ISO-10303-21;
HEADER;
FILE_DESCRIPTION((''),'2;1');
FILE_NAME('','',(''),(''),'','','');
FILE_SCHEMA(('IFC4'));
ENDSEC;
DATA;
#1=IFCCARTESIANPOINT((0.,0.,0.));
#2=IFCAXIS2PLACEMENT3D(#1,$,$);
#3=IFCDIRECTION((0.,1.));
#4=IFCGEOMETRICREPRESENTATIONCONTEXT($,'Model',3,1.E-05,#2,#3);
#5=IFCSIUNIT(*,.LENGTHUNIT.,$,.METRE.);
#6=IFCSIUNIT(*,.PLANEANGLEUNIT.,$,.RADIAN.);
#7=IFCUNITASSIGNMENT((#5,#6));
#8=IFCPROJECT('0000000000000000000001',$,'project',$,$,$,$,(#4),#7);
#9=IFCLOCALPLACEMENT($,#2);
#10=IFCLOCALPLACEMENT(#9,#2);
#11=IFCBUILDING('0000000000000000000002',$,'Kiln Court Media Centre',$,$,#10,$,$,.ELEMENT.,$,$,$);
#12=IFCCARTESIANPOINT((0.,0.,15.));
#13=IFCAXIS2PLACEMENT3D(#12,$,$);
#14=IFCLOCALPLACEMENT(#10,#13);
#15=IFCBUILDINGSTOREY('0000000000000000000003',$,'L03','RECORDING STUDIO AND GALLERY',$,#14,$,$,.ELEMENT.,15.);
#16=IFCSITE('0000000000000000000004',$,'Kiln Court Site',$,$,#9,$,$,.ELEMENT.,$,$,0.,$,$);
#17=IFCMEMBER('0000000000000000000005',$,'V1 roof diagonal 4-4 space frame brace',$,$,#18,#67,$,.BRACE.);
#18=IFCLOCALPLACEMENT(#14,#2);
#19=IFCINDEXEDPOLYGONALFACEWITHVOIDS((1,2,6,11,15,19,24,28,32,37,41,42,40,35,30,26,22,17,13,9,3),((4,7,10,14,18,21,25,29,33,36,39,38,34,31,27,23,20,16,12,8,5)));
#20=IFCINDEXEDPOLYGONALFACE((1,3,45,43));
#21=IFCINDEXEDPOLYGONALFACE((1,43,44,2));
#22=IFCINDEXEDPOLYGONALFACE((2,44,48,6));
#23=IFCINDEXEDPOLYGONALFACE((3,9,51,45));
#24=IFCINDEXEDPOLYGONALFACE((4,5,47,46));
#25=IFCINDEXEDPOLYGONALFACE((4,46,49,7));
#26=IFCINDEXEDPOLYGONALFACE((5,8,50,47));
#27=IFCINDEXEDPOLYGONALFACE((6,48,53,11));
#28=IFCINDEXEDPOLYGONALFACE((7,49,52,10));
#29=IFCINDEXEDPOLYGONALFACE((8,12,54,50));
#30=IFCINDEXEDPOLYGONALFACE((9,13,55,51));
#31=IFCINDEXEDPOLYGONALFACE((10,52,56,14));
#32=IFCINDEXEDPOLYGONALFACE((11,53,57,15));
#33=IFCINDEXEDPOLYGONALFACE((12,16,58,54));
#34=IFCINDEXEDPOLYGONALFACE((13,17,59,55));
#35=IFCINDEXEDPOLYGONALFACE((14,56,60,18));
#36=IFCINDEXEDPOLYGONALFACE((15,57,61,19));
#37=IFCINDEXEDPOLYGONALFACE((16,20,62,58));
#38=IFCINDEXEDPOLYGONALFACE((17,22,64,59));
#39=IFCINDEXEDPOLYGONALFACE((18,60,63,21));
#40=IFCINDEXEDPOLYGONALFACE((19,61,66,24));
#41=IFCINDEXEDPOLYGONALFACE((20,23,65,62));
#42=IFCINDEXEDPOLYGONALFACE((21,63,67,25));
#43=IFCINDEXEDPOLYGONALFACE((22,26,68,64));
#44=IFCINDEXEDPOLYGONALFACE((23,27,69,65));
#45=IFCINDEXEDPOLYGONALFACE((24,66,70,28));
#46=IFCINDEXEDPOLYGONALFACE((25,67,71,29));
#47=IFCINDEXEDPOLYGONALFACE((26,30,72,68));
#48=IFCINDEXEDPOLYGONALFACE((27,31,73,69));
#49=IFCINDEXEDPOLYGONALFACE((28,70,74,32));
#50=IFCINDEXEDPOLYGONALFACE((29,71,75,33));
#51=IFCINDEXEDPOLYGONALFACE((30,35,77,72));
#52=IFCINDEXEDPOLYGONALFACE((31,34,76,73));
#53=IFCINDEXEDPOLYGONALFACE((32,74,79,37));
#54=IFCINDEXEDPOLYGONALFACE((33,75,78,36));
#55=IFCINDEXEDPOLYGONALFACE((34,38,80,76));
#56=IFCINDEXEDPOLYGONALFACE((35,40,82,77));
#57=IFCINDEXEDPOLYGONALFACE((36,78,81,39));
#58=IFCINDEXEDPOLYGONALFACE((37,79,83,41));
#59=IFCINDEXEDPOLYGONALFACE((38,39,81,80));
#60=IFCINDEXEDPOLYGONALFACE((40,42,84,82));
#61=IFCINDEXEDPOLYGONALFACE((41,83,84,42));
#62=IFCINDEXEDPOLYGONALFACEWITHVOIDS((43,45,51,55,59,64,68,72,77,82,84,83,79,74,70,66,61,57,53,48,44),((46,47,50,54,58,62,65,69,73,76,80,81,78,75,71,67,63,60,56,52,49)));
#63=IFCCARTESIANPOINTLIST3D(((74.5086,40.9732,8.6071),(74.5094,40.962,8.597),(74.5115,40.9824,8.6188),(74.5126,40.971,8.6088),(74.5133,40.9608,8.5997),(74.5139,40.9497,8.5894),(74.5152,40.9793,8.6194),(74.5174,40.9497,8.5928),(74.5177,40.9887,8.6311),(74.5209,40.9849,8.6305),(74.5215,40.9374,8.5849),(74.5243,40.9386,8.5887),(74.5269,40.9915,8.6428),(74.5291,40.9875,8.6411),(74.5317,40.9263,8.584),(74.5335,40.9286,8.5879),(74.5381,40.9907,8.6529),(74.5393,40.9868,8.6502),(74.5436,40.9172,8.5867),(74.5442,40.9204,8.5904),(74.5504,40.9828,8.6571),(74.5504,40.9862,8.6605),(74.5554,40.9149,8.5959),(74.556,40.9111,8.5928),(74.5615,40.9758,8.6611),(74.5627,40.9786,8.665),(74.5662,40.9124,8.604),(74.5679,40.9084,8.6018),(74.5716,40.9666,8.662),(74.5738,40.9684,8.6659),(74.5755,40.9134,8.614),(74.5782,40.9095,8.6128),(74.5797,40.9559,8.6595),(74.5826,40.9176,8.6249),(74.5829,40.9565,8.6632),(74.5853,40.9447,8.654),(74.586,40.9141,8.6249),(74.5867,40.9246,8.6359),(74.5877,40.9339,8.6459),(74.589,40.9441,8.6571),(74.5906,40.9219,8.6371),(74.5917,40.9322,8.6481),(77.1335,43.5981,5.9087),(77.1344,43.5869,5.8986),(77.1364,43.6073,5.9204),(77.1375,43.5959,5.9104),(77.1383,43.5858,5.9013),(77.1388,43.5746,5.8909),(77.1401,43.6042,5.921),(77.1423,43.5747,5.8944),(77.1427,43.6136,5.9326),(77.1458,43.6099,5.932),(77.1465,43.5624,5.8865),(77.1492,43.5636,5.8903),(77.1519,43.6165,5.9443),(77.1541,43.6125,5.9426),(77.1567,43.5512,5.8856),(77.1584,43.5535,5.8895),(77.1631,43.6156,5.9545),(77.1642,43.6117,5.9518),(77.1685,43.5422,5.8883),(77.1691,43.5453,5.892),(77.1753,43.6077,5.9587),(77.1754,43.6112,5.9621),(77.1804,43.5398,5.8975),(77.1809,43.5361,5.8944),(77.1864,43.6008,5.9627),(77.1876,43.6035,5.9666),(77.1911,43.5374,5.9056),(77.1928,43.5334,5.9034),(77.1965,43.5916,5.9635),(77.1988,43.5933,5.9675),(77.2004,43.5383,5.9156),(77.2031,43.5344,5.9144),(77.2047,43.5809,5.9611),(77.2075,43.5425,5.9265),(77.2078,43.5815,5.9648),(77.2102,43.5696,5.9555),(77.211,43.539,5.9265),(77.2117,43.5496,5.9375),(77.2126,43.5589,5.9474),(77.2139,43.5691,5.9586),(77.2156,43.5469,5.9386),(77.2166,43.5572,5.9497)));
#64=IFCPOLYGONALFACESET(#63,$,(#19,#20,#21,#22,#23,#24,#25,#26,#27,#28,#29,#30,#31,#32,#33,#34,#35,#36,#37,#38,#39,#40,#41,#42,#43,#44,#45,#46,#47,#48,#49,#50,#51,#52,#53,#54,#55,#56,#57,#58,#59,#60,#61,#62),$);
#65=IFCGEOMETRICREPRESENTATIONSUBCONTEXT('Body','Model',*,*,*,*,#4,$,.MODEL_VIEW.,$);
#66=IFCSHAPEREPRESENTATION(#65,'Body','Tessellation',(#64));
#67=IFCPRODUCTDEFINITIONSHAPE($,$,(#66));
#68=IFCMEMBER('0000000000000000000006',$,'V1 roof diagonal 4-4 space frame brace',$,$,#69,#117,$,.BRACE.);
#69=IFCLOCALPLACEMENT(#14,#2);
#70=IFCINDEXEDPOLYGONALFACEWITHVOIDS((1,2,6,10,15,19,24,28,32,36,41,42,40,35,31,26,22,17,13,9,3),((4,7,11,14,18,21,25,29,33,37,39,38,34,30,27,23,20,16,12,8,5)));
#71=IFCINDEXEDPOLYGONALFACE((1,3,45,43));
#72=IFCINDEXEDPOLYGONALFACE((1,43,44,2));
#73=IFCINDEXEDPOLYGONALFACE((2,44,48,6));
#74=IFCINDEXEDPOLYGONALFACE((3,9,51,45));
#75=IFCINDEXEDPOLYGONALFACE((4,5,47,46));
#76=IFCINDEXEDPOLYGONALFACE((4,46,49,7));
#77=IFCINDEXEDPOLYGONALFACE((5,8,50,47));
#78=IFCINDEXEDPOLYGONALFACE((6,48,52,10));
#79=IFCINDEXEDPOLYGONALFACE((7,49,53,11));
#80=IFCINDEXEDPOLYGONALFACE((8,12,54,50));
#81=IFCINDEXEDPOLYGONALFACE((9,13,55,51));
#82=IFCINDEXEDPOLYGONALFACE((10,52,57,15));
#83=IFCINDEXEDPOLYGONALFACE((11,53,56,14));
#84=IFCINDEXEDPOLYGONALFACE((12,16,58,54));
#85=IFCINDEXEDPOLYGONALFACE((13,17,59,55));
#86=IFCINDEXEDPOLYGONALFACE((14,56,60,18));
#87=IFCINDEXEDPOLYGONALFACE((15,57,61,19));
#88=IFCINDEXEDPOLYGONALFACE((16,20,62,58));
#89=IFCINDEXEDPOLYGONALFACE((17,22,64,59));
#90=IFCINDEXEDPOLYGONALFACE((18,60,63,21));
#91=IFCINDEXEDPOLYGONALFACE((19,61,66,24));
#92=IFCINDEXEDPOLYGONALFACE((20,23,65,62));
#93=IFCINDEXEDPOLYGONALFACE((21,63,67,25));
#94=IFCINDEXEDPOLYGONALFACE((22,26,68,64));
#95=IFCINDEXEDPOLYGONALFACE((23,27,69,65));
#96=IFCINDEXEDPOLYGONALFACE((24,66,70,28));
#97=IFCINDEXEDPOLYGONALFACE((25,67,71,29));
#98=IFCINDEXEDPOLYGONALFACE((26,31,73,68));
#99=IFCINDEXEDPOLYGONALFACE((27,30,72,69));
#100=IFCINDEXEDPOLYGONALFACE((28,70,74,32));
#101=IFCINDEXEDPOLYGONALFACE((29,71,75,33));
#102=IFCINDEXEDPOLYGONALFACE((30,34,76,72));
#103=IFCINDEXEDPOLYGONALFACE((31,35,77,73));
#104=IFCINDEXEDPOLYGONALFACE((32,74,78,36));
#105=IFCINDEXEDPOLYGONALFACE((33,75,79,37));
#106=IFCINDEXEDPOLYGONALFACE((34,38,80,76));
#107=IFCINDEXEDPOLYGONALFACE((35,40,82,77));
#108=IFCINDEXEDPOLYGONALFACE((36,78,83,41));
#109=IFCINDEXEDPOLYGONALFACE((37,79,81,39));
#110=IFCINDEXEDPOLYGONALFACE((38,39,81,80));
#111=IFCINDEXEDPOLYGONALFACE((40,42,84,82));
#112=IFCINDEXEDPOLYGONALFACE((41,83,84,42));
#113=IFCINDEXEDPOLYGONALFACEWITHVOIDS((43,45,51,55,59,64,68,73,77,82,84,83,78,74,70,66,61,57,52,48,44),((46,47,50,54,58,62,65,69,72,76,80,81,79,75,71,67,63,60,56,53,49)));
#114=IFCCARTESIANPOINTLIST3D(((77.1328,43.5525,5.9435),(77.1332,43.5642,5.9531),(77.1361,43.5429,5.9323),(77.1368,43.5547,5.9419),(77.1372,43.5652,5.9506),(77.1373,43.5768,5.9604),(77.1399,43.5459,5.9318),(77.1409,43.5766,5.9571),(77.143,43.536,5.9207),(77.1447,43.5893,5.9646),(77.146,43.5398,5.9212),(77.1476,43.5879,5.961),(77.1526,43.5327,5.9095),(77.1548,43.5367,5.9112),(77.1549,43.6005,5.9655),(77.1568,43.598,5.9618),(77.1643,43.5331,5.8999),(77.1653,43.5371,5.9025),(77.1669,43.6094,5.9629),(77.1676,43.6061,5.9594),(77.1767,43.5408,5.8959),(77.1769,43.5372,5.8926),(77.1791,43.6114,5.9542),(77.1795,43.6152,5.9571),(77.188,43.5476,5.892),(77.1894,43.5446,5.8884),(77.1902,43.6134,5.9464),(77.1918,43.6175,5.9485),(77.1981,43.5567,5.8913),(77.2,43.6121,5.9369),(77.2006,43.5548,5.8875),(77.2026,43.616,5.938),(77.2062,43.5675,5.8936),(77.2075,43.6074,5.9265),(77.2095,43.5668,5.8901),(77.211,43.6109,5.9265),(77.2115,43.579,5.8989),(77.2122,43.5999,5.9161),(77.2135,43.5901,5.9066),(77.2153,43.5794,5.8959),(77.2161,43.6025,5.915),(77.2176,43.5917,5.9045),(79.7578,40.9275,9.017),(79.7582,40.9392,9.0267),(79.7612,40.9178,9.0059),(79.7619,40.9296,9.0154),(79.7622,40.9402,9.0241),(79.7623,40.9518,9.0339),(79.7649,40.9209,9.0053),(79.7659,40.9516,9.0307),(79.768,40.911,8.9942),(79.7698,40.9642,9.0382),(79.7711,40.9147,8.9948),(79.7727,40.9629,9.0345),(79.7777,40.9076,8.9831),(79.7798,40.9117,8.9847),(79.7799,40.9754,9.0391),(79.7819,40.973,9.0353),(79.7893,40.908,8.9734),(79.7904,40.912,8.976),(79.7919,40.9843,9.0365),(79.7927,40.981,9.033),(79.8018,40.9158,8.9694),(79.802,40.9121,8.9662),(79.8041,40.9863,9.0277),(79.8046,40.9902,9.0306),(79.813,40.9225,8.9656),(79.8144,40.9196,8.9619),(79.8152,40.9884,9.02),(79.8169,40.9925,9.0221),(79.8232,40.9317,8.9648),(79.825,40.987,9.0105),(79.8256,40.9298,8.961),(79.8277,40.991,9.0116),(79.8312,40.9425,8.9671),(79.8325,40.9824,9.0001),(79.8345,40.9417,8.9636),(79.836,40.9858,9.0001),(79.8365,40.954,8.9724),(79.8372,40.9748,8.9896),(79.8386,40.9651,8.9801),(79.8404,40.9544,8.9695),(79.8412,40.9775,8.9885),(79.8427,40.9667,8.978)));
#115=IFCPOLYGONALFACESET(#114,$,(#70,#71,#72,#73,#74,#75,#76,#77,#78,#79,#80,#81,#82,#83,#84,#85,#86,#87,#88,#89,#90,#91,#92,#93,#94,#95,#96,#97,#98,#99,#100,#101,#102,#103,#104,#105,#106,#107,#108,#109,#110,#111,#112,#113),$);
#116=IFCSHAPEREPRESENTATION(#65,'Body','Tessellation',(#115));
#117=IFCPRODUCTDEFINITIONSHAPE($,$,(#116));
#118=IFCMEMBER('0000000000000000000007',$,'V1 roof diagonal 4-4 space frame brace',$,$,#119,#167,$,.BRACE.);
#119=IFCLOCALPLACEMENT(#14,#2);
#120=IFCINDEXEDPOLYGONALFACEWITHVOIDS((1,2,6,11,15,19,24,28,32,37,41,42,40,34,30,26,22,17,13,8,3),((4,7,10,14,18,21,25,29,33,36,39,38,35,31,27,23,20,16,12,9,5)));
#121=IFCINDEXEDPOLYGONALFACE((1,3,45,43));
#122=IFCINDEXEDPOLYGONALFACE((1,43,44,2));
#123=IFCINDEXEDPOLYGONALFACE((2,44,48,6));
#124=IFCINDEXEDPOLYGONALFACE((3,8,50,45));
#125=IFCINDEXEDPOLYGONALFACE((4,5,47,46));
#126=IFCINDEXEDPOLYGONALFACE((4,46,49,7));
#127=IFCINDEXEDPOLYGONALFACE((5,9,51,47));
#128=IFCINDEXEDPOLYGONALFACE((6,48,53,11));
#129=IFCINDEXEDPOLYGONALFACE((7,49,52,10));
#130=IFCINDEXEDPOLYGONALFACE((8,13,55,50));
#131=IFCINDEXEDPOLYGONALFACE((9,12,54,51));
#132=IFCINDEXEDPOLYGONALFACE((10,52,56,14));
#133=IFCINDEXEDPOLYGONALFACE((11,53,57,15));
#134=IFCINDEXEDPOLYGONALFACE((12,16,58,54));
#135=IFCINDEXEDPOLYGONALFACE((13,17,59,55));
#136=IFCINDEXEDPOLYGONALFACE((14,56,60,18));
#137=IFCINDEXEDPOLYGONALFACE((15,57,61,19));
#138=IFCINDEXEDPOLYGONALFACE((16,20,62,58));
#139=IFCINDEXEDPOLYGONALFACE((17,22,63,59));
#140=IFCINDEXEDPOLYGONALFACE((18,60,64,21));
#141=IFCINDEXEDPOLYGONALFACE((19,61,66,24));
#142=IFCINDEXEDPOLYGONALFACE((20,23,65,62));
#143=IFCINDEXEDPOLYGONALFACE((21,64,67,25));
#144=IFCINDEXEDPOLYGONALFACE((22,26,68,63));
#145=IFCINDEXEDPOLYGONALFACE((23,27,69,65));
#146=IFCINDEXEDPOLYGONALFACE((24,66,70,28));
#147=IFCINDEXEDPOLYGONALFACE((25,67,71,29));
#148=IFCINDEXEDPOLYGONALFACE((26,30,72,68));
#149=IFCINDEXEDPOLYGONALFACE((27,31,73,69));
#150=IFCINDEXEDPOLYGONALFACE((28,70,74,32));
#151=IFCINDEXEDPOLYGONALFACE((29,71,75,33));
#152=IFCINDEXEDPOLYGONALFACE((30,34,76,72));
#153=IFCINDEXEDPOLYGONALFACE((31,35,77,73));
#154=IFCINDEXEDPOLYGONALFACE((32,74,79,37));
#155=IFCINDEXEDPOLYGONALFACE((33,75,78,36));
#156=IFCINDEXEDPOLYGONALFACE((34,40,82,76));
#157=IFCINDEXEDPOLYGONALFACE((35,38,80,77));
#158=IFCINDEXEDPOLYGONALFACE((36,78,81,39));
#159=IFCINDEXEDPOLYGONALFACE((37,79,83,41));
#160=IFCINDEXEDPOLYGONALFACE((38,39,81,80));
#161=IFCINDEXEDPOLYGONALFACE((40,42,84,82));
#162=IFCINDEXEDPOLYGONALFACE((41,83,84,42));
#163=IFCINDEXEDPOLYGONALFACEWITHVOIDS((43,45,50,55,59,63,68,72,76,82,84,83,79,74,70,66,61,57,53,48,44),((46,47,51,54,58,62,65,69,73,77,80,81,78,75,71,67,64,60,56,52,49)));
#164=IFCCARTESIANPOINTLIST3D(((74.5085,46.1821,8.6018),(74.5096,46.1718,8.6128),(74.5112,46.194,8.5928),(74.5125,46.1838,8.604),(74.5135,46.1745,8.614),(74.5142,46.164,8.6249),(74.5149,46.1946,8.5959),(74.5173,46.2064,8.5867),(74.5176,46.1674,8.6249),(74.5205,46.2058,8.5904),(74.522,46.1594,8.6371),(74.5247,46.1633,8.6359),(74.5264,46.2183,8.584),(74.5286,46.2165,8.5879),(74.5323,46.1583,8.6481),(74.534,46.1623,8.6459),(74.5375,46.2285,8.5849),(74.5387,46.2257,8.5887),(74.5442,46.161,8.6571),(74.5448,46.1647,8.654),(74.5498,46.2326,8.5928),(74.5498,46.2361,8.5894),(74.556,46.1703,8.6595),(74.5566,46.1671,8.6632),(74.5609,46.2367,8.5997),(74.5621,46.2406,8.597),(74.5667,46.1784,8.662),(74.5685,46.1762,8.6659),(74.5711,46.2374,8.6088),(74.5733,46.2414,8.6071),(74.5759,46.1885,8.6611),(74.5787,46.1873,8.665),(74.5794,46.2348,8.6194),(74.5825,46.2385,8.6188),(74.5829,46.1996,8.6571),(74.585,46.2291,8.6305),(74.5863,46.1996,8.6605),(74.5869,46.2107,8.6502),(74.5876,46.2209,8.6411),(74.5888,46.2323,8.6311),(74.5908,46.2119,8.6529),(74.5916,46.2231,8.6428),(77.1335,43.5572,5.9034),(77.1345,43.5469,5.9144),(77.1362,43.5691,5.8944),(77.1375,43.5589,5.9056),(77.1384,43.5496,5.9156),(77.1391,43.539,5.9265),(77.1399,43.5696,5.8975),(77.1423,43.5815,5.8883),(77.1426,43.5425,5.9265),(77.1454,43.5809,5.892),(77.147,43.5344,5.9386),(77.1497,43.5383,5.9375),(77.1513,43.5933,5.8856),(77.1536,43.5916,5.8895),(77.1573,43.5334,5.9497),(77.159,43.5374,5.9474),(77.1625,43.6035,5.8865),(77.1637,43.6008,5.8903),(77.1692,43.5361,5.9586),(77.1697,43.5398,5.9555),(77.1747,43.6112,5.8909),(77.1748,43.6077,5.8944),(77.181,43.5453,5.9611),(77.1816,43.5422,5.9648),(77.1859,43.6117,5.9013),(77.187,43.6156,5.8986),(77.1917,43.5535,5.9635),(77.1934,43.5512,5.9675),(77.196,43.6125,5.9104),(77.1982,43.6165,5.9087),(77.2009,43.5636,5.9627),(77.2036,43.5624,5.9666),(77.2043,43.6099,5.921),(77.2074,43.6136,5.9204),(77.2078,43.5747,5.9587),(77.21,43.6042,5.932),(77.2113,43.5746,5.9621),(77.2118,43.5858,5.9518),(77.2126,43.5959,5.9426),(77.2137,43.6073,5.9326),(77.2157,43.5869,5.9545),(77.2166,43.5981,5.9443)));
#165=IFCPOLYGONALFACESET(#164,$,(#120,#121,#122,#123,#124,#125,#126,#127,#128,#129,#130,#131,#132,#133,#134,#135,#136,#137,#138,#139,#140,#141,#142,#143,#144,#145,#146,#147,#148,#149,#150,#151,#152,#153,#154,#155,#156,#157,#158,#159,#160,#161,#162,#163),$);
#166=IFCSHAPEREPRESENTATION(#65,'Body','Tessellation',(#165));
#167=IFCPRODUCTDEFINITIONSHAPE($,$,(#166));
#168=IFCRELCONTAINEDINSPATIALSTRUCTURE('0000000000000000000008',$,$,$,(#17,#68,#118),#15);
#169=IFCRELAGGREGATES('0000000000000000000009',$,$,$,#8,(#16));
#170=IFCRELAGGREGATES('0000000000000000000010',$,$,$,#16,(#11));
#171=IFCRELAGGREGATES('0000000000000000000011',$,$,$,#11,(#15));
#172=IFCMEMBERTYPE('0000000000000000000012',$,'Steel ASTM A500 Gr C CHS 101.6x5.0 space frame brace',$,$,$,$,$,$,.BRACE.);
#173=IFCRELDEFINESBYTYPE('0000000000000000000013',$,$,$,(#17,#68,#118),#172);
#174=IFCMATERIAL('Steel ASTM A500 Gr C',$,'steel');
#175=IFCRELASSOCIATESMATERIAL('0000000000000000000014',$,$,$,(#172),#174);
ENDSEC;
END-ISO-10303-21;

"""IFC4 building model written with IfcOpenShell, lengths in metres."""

from ifc_helpers import new_model, si_unit, direction, frame, origin, origin_2d, place, context, subcontext, project, spatial, hollow_circle, extrude, material, material_profile, profile_set, type_object, element, save


model = new_model("IFC4")

# Units and contexts
model_context = context("Model", 3, precision=1e-05, world=origin(), true_north=direction((0.0, 1.0)))
body_context = subcontext(model_context, "Body", "Model", "MODEL_VIEW")
ifc_project = project(units=[si_unit("LENGTHUNIT", "METRE"), si_unit("PLANEANGLEUNIT", "RADIAN")], contexts=[model_context])

# Site, building, storey
site_placement = place(None, origin())
site = spatial("IfcSite", under=ifc_project, at=site_placement, Name="Kiln Court Site", CompositionType="ELEMENT", RefElevation=0.0)
building_placement = place(site_placement, origin())
building = spatial("IfcBuilding", under=site, at=building_placement, Name="Kiln Court Media Centre", CompositionType="ELEMENT")
storey_placement = place(building_placement, frame((0.0, 0.0, 15.0)))
storey = spatial("IfcBuildingStorey", under=building, at=storey_placement, Name="L03", Description="RECORDING STUDIO AND GALLERY", CompositionType="ELEMENT", Elevation=15.0)

# Members
ifc_material_1 = material(Name="Steel ASTM A500 Gr C", Category="steel")
ifc_material_profile_1 = material_profile(ifc_material_1, hollow_circle(Radius=0.0508, WallThickness=0.0049, at=origin_2d()), Name="CHS 101.6x5.0")
ifc_profile_set_1 = profile_set([ifc_material_profile_1], Name="Steel ASTM A500 Gr C")
member_type_1 = type_object("IfcMemberType", Name="Steel ASTM A500 Gr C CHS 101.6x5.0 space frame brace", PredefinedType="BRACE", material=ifc_profile_set_1)
member_1_placement = place(storey_placement, frame((77.175, 43.575, 5.9265), z_axis=(-0.571964, -0.571964, 0.587976), x_axis=(0.707107, -0.707107, 0.0)))
element("IfcMember", 1, at=member_1_placement, inside=storey, type_object=member_type_1, Name="V1 roof diagonal 4-4 space frame brace", PredefinedType="BRACE", context=body_context, shape_type="SweptSolid", body=[
    extrude(hollow_circle(Radius=0.0508, WallThickness=0.0049, at=origin_2d()), origin(), (0.0, 0.0, 1.0), 4.5894),
])
member_2_placement = place(storey_placement, frame((77.175, 43.575, 5.9265), z_axis=(0.544662, -0.544662, 0.637719), x_axis=(0.707107, 0.707107, 0.0)))
element("IfcMember", 2, at=member_2_placement, inside=storey, type_object=member_type_1, Name="V1 roof diagonal 4-4 space frame brace", PredefinedType="BRACE", context=body_context, shape_type="SweptSolid", body=[
    extrude(hollow_circle(Radius=0.0508, WallThickness=0.0049, at=origin_2d()), origin(), (0.0, 0.0, 1.0), 4.8196),
])
member_3_placement = place(storey_placement, frame((77.175, 43.575, 5.9265), z_axis=(-0.571964, 0.571964, 0.587976), x_axis=(-0.707107, -0.707107, 0.0)))
element("IfcMember", 3, at=member_3_placement, inside=storey, type_object=member_type_1, Name="V1 roof diagonal 4-4 space frame brace", PredefinedType="BRACE", context=body_context, shape_type="SweptSolid", body=[
    extrude(hollow_circle(Radius=0.0508, WallThickness=0.0049, at=origin_2d()), origin(), (0.0, 0.0, 1.0), 4.5894),
])

save(model, "model.ifc")
